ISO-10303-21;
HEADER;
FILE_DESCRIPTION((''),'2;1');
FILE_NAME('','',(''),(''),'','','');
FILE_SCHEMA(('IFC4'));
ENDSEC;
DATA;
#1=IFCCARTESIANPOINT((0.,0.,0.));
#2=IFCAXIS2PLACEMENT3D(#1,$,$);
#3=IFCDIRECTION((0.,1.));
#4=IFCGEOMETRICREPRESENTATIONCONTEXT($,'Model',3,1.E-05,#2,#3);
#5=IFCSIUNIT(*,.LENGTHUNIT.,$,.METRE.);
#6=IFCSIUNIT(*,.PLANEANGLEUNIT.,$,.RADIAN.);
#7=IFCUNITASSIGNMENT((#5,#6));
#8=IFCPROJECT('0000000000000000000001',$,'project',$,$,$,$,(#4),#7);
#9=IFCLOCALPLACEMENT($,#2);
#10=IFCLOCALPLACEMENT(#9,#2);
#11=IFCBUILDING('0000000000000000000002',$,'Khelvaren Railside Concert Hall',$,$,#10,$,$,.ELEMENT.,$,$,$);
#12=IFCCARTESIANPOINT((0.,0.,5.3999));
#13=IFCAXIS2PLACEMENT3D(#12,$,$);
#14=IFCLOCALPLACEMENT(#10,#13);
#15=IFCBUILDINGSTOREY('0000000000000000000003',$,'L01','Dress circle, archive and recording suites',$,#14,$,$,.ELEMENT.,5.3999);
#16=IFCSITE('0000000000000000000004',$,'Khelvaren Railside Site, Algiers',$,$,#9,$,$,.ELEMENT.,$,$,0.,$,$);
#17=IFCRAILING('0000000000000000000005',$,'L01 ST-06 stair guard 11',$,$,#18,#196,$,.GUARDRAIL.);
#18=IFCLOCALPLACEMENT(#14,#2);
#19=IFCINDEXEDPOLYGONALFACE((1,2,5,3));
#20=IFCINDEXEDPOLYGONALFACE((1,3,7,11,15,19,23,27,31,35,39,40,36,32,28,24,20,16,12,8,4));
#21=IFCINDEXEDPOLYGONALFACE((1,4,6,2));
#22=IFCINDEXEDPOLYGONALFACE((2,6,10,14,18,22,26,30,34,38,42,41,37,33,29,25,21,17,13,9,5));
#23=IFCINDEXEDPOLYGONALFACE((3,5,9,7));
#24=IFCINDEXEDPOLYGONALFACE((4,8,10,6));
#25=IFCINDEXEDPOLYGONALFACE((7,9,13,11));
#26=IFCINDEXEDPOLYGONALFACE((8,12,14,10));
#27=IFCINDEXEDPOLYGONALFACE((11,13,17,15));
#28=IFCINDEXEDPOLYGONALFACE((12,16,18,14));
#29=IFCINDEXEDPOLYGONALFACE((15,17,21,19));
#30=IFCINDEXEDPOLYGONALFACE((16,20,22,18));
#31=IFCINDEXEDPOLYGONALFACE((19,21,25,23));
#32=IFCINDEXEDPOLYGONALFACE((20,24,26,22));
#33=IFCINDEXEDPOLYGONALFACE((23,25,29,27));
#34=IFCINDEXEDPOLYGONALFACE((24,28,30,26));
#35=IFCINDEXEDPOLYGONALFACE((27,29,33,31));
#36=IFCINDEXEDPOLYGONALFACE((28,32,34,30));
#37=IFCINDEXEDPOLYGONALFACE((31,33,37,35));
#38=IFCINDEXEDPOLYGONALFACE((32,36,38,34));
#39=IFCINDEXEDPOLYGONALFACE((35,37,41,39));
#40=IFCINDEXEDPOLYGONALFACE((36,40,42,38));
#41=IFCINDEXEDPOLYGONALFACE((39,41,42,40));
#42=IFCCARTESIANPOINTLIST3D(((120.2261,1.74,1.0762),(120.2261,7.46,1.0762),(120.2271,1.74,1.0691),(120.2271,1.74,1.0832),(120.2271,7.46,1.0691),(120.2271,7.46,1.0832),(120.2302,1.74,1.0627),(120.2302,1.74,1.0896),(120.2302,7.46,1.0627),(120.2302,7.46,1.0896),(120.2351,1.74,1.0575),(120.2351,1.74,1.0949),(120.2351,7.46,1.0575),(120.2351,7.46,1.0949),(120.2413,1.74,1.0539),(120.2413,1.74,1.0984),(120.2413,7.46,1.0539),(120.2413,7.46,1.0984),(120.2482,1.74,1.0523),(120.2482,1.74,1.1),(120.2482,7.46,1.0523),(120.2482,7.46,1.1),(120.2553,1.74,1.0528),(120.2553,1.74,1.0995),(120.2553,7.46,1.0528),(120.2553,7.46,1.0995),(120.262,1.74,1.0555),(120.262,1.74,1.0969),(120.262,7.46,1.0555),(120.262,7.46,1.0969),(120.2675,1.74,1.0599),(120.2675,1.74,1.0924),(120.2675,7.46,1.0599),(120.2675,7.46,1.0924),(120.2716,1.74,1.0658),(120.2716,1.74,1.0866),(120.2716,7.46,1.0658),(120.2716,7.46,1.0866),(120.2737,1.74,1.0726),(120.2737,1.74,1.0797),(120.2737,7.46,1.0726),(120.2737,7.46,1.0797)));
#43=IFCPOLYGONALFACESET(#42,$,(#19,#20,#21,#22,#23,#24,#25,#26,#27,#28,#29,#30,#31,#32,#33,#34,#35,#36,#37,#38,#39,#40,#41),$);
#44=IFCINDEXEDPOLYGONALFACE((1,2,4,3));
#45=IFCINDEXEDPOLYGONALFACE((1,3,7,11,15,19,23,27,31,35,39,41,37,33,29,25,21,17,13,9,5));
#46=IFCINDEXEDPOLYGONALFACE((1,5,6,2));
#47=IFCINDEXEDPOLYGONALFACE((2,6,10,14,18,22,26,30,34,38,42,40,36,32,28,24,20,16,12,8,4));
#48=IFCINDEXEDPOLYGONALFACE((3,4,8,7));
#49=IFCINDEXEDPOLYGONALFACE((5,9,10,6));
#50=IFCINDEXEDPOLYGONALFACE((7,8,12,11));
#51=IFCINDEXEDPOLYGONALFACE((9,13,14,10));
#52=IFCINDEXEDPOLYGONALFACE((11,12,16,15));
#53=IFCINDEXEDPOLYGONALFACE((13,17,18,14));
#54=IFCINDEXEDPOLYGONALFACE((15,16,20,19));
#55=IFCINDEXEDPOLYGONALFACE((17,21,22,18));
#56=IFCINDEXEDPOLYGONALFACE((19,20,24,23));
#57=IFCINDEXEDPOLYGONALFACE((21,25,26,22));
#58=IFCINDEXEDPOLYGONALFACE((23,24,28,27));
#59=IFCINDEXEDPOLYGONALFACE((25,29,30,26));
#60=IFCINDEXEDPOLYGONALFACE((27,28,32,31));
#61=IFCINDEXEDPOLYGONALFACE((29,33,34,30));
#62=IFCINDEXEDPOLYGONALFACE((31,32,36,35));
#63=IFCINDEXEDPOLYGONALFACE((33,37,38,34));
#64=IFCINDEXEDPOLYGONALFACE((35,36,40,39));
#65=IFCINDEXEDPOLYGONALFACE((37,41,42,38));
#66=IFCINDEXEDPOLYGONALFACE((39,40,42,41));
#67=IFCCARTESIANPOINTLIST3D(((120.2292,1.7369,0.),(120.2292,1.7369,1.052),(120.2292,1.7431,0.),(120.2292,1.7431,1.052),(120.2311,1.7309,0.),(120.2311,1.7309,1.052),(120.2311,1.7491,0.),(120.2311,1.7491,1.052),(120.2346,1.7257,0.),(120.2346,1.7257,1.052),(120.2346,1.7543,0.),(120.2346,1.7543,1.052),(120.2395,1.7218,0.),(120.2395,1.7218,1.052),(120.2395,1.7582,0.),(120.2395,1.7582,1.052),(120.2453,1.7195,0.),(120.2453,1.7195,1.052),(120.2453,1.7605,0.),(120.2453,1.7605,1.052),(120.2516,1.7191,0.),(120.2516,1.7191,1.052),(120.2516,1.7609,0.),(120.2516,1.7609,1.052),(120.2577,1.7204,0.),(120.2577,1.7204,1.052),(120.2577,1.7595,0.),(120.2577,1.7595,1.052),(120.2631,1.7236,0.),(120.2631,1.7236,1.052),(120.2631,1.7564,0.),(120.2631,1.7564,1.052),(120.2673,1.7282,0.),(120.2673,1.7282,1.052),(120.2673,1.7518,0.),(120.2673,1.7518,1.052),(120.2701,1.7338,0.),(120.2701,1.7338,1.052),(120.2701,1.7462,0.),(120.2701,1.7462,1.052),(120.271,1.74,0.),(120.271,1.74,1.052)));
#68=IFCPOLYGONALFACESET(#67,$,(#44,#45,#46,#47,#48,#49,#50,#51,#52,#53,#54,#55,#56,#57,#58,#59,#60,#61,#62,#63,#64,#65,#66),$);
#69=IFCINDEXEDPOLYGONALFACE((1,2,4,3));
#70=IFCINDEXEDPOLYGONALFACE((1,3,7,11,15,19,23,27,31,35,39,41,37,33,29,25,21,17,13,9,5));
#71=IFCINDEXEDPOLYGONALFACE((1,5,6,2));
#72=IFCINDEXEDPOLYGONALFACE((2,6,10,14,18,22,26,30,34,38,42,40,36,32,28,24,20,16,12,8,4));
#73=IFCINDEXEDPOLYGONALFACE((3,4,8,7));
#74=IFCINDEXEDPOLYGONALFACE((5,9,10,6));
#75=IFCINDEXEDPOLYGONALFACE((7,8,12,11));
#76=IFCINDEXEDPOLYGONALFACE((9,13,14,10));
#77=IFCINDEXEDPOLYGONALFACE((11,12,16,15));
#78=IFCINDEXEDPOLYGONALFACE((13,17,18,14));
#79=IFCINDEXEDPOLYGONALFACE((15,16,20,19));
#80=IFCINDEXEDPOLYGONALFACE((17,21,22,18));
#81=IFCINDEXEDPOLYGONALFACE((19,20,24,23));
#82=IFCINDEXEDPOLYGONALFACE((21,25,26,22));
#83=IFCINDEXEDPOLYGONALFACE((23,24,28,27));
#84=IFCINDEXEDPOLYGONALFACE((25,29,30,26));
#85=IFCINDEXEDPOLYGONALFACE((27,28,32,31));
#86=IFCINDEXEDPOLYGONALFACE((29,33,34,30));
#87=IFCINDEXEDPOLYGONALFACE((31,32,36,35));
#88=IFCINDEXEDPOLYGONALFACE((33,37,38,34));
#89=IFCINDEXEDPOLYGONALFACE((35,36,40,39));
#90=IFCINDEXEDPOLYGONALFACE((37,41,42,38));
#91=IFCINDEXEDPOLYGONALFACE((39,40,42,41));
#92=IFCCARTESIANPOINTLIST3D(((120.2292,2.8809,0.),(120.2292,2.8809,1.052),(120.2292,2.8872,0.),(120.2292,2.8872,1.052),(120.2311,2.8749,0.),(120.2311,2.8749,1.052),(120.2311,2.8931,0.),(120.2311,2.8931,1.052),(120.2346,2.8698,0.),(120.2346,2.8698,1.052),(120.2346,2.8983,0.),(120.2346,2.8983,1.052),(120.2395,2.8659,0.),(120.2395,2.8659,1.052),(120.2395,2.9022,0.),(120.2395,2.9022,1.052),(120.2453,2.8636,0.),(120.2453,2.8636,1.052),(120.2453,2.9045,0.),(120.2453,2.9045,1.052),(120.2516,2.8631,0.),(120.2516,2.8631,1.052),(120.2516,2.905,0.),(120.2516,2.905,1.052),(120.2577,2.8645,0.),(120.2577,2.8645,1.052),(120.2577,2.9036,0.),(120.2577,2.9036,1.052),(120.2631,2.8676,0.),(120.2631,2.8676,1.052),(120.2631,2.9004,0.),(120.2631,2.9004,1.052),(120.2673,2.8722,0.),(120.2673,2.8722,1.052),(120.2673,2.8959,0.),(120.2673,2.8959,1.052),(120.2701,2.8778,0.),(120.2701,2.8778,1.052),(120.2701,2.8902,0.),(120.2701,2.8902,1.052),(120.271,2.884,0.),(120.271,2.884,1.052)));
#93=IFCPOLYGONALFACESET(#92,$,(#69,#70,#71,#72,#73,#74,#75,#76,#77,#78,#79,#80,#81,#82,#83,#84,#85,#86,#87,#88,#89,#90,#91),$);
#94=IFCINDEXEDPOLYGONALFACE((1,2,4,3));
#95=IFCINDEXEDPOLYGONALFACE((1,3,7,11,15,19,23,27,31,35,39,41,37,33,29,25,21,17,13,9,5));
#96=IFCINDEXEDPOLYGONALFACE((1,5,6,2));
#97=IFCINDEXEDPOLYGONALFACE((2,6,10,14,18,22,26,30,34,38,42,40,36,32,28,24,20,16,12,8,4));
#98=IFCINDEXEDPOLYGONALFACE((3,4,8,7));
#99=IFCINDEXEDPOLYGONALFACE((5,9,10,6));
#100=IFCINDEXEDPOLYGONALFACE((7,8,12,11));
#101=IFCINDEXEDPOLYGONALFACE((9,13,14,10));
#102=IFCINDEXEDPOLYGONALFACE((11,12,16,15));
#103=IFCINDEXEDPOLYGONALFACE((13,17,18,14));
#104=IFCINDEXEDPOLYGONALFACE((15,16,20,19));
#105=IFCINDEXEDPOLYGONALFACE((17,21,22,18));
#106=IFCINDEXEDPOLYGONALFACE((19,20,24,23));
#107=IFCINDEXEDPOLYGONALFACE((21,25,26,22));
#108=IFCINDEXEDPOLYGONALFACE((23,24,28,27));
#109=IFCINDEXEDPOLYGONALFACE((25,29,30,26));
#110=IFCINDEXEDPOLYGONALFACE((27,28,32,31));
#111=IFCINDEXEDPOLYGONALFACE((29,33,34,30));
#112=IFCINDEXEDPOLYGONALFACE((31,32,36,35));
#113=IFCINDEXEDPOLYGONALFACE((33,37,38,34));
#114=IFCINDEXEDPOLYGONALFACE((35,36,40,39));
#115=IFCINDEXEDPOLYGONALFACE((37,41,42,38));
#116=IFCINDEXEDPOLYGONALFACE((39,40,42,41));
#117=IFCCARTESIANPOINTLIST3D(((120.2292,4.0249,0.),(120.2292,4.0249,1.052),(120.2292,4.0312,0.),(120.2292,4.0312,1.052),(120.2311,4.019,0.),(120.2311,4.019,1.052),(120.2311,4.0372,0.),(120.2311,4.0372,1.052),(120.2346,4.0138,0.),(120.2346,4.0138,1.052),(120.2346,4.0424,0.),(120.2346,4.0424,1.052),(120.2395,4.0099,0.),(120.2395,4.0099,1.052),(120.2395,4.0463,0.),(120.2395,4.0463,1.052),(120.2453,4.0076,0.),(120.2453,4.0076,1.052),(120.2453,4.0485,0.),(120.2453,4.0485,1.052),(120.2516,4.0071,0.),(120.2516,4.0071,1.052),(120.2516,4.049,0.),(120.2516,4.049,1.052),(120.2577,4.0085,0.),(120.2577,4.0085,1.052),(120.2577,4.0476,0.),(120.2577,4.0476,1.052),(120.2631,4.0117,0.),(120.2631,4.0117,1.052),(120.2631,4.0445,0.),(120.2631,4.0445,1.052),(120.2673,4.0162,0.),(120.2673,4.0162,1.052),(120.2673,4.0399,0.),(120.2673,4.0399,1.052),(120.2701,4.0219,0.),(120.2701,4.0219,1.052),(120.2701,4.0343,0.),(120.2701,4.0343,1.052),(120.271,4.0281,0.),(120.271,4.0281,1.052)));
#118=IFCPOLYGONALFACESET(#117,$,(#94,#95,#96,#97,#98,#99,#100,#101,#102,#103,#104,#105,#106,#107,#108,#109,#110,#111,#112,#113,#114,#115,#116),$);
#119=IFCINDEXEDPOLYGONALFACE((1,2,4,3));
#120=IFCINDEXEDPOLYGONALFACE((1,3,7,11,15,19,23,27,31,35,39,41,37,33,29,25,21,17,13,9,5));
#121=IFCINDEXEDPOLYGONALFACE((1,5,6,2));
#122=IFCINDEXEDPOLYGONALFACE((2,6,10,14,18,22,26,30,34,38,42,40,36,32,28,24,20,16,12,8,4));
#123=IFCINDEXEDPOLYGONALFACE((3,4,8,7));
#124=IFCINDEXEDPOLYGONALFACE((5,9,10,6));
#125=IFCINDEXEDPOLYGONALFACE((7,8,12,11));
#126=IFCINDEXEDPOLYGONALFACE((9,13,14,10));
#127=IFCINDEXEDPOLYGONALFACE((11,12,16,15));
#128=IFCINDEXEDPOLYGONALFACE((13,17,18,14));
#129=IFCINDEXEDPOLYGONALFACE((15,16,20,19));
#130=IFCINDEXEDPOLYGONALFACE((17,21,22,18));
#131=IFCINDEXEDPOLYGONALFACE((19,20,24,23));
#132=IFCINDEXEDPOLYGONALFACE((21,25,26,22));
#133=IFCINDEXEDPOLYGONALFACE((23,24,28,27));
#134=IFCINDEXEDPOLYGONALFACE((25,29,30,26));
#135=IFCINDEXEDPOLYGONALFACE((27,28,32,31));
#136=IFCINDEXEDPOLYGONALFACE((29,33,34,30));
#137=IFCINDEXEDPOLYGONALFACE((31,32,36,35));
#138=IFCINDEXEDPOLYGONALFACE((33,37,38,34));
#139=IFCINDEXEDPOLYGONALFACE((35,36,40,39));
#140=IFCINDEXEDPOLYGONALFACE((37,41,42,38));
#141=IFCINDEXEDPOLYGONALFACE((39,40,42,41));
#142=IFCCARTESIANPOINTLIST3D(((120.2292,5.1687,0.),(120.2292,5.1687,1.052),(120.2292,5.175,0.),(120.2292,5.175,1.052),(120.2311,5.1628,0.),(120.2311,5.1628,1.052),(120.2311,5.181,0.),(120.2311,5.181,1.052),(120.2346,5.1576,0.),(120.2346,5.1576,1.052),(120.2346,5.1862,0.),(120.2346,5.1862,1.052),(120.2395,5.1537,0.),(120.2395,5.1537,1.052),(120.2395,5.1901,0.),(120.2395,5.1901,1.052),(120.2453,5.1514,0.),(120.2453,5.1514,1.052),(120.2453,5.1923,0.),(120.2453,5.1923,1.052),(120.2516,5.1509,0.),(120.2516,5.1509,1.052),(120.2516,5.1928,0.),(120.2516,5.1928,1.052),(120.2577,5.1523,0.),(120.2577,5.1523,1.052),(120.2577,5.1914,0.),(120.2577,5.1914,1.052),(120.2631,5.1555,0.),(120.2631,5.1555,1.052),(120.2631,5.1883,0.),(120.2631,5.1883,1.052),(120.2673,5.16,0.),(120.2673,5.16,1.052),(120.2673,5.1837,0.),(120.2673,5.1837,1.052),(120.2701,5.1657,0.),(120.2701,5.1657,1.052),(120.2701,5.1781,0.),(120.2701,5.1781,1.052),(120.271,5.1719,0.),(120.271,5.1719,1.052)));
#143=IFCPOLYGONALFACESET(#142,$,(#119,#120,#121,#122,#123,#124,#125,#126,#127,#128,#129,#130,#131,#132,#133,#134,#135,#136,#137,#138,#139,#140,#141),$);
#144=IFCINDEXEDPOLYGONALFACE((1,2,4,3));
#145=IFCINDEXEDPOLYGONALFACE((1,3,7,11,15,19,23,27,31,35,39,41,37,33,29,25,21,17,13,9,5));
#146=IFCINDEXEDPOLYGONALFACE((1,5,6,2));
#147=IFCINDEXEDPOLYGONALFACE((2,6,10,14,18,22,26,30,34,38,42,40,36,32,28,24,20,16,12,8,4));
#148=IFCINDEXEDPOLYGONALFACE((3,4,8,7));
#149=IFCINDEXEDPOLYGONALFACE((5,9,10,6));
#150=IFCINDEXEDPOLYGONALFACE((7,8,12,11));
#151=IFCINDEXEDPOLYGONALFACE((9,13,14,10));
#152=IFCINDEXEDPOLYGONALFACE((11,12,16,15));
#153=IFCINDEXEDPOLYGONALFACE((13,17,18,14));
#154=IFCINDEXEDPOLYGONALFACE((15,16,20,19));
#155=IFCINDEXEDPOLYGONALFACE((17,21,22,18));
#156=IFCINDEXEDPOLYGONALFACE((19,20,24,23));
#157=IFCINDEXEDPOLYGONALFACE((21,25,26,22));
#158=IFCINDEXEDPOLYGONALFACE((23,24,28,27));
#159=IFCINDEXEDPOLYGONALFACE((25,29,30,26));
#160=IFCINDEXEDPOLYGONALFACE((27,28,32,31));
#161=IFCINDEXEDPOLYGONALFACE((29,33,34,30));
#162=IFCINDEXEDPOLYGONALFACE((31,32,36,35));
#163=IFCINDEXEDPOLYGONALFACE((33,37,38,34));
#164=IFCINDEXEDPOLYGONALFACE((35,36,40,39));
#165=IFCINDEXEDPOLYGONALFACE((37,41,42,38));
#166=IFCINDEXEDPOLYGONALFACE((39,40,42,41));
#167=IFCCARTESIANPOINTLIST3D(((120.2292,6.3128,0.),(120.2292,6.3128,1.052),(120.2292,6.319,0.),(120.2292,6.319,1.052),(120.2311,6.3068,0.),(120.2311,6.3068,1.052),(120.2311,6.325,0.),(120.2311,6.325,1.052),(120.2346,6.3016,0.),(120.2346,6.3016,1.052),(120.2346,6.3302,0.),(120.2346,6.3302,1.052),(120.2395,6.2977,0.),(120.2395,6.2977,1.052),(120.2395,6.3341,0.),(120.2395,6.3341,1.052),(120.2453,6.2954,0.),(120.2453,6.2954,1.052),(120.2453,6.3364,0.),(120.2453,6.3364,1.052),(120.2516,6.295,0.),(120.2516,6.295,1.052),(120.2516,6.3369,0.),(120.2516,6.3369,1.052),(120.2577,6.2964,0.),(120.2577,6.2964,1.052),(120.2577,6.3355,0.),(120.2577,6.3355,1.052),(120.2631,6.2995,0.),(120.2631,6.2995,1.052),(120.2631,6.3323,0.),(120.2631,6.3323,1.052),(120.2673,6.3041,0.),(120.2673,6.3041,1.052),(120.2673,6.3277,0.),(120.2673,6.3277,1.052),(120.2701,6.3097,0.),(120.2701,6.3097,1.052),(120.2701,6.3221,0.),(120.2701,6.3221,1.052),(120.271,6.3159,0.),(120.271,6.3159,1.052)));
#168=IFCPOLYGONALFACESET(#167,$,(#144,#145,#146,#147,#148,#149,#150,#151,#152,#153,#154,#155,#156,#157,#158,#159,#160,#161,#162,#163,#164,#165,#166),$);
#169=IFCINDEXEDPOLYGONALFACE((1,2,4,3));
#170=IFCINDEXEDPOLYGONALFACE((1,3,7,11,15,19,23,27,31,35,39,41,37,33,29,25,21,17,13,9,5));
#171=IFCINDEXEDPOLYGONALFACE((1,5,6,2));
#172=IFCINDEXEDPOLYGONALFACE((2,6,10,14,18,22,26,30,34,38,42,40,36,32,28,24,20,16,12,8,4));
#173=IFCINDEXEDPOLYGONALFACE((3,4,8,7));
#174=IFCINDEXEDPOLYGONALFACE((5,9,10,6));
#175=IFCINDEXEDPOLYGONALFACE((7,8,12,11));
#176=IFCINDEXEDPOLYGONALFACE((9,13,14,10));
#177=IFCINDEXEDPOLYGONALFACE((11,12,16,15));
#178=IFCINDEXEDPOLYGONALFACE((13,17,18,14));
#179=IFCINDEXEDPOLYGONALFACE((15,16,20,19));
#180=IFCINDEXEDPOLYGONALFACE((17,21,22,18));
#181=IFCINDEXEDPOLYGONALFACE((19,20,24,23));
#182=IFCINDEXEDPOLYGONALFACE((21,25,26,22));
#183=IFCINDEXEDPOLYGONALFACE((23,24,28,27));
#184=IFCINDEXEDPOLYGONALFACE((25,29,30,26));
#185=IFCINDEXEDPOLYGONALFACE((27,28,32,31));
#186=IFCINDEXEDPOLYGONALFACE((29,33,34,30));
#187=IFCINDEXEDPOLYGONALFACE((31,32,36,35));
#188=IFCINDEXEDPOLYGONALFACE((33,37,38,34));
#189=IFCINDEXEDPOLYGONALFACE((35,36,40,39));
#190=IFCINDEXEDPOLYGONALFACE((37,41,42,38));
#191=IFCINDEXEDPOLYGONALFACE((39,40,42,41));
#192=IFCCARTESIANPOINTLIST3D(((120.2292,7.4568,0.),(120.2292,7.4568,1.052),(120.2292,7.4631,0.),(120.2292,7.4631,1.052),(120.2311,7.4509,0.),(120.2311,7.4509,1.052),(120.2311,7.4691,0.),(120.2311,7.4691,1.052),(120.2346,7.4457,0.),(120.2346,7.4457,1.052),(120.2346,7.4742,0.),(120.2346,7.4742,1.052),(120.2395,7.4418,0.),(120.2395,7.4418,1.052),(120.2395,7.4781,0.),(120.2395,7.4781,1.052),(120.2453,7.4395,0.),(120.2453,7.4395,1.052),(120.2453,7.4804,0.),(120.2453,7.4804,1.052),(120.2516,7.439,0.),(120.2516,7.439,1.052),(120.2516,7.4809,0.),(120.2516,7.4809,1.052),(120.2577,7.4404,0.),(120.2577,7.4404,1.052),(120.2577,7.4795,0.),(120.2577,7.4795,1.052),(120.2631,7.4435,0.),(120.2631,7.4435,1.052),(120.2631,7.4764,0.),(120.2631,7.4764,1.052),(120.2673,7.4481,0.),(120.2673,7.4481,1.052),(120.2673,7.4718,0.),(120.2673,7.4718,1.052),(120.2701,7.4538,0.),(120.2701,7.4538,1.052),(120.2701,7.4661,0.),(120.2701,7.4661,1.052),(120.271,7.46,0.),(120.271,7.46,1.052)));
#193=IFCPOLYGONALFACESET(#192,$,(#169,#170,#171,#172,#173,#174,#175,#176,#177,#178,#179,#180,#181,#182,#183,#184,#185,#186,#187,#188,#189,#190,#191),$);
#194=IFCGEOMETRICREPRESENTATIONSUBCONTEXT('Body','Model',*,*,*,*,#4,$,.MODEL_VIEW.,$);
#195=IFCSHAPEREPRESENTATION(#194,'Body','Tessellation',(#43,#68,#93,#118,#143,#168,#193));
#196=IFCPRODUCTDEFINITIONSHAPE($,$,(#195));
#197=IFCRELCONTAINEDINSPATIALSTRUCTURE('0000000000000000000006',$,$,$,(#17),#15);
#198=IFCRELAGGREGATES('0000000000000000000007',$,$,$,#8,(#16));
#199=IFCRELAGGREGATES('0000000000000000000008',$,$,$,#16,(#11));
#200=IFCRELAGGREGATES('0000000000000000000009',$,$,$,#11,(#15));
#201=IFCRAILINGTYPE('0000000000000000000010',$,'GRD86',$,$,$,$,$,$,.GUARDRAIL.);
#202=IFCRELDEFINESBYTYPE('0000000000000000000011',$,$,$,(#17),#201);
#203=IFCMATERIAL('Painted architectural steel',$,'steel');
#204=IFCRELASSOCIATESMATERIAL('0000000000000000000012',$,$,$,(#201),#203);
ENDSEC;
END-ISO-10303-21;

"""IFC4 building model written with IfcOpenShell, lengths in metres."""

from ifc_helpers import new_model, si_unit, direction, frame, origin, origin_2d, place, context, subcontext, project, spatial, circle, extrude, material, type_object, element, save


model = new_model("IFC4")

# Units and contexts
model_context = context("Model", 3, precision=1e-05, world=origin(), true_north=direction((0.0, 1.0)))
body_context = subcontext(model_context, "Body", "Model", "MODEL_VIEW")
ifc_project = project(units=[si_unit("LENGTHUNIT", "METRE"), si_unit("PLANEANGLEUNIT", "RADIAN")], contexts=[model_context])

# Site, building, storey
site_placement = place(None, origin())
site = spatial("IfcSite", under=ifc_project, at=site_placement, Name="Khelvaren Railside Site, Algiers", CompositionType="ELEMENT", RefElevation=0.0)
building_placement = place(site_placement, origin())
building = spatial("IfcBuilding", under=site, at=building_placement, Name="Khelvaren Railside Concert Hall", CompositionType="ELEMENT")
storey_placement = place(building_placement, frame((0.0, 0.0, 5.3999)))
storey = spatial("IfcBuildingStorey", under=building, at=storey_placement, Name="L01", Description="Dress circle, archive and recording suites", CompositionType="ELEMENT", Elevation=5.3999)

# Railing
ifc_material_1 = material(Name="Painted architectural steel", Category="steel")
railing_type_1 = type_object("IfcRailingType", Name="GRD86", PredefinedType="GUARDRAIL", material=ifc_material_1)
railing_1_placement = place(storey_placement, frame((120.25, 1.74, 0.0)))
element("IfcRailing", 1, at=railing_1_placement, inside=storey, type_object=railing_type_1, Name="L01 ST-06 stair guard 11", PredefinedType="GUARDRAIL", context=body_context, shape_type="SweptSolid", body=[
    extrude(circle(Radius=0.0239, at=origin_2d()), frame((0.0, 0.0, 1.0762), z_axis=(0.0, 1.0, 0.0), x_axis=(-1.0, 0.0, 0.0)), (0.0, 0.0, 1.0), 5.72),
    extrude(circle(Radius=0.021, at=origin_2d()), origin(), (0.0, 0.0, 1.0), 1.052),
    extrude(circle(Radius=0.021, at=origin_2d()), frame((0.0, 1.144, 0.0)), (0.0, 0.0, 1.0), 1.052),
    extrude(circle(Radius=0.021, at=origin_2d()), frame((0.0, 2.2881, 0.0)), (0.0, 0.0, 1.0), 1.052),
    extrude(circle(Radius=0.021, at=origin_2d()), frame((0.0, 3.4319, 0.0)), (0.0, 0.0, 1.0), 1.052),
    extrude(circle(Radius=0.021, at=origin_2d()), frame((0.0, 4.5759, 0.0)), (0.0, 0.0, 1.0), 1.052),
    extrude(circle(Radius=0.021, at=origin_2d()), frame((0.0, 5.72, 0.0)), (0.0, 0.0, 1.0), 1.052),
])

save(model, "model.ifc")
